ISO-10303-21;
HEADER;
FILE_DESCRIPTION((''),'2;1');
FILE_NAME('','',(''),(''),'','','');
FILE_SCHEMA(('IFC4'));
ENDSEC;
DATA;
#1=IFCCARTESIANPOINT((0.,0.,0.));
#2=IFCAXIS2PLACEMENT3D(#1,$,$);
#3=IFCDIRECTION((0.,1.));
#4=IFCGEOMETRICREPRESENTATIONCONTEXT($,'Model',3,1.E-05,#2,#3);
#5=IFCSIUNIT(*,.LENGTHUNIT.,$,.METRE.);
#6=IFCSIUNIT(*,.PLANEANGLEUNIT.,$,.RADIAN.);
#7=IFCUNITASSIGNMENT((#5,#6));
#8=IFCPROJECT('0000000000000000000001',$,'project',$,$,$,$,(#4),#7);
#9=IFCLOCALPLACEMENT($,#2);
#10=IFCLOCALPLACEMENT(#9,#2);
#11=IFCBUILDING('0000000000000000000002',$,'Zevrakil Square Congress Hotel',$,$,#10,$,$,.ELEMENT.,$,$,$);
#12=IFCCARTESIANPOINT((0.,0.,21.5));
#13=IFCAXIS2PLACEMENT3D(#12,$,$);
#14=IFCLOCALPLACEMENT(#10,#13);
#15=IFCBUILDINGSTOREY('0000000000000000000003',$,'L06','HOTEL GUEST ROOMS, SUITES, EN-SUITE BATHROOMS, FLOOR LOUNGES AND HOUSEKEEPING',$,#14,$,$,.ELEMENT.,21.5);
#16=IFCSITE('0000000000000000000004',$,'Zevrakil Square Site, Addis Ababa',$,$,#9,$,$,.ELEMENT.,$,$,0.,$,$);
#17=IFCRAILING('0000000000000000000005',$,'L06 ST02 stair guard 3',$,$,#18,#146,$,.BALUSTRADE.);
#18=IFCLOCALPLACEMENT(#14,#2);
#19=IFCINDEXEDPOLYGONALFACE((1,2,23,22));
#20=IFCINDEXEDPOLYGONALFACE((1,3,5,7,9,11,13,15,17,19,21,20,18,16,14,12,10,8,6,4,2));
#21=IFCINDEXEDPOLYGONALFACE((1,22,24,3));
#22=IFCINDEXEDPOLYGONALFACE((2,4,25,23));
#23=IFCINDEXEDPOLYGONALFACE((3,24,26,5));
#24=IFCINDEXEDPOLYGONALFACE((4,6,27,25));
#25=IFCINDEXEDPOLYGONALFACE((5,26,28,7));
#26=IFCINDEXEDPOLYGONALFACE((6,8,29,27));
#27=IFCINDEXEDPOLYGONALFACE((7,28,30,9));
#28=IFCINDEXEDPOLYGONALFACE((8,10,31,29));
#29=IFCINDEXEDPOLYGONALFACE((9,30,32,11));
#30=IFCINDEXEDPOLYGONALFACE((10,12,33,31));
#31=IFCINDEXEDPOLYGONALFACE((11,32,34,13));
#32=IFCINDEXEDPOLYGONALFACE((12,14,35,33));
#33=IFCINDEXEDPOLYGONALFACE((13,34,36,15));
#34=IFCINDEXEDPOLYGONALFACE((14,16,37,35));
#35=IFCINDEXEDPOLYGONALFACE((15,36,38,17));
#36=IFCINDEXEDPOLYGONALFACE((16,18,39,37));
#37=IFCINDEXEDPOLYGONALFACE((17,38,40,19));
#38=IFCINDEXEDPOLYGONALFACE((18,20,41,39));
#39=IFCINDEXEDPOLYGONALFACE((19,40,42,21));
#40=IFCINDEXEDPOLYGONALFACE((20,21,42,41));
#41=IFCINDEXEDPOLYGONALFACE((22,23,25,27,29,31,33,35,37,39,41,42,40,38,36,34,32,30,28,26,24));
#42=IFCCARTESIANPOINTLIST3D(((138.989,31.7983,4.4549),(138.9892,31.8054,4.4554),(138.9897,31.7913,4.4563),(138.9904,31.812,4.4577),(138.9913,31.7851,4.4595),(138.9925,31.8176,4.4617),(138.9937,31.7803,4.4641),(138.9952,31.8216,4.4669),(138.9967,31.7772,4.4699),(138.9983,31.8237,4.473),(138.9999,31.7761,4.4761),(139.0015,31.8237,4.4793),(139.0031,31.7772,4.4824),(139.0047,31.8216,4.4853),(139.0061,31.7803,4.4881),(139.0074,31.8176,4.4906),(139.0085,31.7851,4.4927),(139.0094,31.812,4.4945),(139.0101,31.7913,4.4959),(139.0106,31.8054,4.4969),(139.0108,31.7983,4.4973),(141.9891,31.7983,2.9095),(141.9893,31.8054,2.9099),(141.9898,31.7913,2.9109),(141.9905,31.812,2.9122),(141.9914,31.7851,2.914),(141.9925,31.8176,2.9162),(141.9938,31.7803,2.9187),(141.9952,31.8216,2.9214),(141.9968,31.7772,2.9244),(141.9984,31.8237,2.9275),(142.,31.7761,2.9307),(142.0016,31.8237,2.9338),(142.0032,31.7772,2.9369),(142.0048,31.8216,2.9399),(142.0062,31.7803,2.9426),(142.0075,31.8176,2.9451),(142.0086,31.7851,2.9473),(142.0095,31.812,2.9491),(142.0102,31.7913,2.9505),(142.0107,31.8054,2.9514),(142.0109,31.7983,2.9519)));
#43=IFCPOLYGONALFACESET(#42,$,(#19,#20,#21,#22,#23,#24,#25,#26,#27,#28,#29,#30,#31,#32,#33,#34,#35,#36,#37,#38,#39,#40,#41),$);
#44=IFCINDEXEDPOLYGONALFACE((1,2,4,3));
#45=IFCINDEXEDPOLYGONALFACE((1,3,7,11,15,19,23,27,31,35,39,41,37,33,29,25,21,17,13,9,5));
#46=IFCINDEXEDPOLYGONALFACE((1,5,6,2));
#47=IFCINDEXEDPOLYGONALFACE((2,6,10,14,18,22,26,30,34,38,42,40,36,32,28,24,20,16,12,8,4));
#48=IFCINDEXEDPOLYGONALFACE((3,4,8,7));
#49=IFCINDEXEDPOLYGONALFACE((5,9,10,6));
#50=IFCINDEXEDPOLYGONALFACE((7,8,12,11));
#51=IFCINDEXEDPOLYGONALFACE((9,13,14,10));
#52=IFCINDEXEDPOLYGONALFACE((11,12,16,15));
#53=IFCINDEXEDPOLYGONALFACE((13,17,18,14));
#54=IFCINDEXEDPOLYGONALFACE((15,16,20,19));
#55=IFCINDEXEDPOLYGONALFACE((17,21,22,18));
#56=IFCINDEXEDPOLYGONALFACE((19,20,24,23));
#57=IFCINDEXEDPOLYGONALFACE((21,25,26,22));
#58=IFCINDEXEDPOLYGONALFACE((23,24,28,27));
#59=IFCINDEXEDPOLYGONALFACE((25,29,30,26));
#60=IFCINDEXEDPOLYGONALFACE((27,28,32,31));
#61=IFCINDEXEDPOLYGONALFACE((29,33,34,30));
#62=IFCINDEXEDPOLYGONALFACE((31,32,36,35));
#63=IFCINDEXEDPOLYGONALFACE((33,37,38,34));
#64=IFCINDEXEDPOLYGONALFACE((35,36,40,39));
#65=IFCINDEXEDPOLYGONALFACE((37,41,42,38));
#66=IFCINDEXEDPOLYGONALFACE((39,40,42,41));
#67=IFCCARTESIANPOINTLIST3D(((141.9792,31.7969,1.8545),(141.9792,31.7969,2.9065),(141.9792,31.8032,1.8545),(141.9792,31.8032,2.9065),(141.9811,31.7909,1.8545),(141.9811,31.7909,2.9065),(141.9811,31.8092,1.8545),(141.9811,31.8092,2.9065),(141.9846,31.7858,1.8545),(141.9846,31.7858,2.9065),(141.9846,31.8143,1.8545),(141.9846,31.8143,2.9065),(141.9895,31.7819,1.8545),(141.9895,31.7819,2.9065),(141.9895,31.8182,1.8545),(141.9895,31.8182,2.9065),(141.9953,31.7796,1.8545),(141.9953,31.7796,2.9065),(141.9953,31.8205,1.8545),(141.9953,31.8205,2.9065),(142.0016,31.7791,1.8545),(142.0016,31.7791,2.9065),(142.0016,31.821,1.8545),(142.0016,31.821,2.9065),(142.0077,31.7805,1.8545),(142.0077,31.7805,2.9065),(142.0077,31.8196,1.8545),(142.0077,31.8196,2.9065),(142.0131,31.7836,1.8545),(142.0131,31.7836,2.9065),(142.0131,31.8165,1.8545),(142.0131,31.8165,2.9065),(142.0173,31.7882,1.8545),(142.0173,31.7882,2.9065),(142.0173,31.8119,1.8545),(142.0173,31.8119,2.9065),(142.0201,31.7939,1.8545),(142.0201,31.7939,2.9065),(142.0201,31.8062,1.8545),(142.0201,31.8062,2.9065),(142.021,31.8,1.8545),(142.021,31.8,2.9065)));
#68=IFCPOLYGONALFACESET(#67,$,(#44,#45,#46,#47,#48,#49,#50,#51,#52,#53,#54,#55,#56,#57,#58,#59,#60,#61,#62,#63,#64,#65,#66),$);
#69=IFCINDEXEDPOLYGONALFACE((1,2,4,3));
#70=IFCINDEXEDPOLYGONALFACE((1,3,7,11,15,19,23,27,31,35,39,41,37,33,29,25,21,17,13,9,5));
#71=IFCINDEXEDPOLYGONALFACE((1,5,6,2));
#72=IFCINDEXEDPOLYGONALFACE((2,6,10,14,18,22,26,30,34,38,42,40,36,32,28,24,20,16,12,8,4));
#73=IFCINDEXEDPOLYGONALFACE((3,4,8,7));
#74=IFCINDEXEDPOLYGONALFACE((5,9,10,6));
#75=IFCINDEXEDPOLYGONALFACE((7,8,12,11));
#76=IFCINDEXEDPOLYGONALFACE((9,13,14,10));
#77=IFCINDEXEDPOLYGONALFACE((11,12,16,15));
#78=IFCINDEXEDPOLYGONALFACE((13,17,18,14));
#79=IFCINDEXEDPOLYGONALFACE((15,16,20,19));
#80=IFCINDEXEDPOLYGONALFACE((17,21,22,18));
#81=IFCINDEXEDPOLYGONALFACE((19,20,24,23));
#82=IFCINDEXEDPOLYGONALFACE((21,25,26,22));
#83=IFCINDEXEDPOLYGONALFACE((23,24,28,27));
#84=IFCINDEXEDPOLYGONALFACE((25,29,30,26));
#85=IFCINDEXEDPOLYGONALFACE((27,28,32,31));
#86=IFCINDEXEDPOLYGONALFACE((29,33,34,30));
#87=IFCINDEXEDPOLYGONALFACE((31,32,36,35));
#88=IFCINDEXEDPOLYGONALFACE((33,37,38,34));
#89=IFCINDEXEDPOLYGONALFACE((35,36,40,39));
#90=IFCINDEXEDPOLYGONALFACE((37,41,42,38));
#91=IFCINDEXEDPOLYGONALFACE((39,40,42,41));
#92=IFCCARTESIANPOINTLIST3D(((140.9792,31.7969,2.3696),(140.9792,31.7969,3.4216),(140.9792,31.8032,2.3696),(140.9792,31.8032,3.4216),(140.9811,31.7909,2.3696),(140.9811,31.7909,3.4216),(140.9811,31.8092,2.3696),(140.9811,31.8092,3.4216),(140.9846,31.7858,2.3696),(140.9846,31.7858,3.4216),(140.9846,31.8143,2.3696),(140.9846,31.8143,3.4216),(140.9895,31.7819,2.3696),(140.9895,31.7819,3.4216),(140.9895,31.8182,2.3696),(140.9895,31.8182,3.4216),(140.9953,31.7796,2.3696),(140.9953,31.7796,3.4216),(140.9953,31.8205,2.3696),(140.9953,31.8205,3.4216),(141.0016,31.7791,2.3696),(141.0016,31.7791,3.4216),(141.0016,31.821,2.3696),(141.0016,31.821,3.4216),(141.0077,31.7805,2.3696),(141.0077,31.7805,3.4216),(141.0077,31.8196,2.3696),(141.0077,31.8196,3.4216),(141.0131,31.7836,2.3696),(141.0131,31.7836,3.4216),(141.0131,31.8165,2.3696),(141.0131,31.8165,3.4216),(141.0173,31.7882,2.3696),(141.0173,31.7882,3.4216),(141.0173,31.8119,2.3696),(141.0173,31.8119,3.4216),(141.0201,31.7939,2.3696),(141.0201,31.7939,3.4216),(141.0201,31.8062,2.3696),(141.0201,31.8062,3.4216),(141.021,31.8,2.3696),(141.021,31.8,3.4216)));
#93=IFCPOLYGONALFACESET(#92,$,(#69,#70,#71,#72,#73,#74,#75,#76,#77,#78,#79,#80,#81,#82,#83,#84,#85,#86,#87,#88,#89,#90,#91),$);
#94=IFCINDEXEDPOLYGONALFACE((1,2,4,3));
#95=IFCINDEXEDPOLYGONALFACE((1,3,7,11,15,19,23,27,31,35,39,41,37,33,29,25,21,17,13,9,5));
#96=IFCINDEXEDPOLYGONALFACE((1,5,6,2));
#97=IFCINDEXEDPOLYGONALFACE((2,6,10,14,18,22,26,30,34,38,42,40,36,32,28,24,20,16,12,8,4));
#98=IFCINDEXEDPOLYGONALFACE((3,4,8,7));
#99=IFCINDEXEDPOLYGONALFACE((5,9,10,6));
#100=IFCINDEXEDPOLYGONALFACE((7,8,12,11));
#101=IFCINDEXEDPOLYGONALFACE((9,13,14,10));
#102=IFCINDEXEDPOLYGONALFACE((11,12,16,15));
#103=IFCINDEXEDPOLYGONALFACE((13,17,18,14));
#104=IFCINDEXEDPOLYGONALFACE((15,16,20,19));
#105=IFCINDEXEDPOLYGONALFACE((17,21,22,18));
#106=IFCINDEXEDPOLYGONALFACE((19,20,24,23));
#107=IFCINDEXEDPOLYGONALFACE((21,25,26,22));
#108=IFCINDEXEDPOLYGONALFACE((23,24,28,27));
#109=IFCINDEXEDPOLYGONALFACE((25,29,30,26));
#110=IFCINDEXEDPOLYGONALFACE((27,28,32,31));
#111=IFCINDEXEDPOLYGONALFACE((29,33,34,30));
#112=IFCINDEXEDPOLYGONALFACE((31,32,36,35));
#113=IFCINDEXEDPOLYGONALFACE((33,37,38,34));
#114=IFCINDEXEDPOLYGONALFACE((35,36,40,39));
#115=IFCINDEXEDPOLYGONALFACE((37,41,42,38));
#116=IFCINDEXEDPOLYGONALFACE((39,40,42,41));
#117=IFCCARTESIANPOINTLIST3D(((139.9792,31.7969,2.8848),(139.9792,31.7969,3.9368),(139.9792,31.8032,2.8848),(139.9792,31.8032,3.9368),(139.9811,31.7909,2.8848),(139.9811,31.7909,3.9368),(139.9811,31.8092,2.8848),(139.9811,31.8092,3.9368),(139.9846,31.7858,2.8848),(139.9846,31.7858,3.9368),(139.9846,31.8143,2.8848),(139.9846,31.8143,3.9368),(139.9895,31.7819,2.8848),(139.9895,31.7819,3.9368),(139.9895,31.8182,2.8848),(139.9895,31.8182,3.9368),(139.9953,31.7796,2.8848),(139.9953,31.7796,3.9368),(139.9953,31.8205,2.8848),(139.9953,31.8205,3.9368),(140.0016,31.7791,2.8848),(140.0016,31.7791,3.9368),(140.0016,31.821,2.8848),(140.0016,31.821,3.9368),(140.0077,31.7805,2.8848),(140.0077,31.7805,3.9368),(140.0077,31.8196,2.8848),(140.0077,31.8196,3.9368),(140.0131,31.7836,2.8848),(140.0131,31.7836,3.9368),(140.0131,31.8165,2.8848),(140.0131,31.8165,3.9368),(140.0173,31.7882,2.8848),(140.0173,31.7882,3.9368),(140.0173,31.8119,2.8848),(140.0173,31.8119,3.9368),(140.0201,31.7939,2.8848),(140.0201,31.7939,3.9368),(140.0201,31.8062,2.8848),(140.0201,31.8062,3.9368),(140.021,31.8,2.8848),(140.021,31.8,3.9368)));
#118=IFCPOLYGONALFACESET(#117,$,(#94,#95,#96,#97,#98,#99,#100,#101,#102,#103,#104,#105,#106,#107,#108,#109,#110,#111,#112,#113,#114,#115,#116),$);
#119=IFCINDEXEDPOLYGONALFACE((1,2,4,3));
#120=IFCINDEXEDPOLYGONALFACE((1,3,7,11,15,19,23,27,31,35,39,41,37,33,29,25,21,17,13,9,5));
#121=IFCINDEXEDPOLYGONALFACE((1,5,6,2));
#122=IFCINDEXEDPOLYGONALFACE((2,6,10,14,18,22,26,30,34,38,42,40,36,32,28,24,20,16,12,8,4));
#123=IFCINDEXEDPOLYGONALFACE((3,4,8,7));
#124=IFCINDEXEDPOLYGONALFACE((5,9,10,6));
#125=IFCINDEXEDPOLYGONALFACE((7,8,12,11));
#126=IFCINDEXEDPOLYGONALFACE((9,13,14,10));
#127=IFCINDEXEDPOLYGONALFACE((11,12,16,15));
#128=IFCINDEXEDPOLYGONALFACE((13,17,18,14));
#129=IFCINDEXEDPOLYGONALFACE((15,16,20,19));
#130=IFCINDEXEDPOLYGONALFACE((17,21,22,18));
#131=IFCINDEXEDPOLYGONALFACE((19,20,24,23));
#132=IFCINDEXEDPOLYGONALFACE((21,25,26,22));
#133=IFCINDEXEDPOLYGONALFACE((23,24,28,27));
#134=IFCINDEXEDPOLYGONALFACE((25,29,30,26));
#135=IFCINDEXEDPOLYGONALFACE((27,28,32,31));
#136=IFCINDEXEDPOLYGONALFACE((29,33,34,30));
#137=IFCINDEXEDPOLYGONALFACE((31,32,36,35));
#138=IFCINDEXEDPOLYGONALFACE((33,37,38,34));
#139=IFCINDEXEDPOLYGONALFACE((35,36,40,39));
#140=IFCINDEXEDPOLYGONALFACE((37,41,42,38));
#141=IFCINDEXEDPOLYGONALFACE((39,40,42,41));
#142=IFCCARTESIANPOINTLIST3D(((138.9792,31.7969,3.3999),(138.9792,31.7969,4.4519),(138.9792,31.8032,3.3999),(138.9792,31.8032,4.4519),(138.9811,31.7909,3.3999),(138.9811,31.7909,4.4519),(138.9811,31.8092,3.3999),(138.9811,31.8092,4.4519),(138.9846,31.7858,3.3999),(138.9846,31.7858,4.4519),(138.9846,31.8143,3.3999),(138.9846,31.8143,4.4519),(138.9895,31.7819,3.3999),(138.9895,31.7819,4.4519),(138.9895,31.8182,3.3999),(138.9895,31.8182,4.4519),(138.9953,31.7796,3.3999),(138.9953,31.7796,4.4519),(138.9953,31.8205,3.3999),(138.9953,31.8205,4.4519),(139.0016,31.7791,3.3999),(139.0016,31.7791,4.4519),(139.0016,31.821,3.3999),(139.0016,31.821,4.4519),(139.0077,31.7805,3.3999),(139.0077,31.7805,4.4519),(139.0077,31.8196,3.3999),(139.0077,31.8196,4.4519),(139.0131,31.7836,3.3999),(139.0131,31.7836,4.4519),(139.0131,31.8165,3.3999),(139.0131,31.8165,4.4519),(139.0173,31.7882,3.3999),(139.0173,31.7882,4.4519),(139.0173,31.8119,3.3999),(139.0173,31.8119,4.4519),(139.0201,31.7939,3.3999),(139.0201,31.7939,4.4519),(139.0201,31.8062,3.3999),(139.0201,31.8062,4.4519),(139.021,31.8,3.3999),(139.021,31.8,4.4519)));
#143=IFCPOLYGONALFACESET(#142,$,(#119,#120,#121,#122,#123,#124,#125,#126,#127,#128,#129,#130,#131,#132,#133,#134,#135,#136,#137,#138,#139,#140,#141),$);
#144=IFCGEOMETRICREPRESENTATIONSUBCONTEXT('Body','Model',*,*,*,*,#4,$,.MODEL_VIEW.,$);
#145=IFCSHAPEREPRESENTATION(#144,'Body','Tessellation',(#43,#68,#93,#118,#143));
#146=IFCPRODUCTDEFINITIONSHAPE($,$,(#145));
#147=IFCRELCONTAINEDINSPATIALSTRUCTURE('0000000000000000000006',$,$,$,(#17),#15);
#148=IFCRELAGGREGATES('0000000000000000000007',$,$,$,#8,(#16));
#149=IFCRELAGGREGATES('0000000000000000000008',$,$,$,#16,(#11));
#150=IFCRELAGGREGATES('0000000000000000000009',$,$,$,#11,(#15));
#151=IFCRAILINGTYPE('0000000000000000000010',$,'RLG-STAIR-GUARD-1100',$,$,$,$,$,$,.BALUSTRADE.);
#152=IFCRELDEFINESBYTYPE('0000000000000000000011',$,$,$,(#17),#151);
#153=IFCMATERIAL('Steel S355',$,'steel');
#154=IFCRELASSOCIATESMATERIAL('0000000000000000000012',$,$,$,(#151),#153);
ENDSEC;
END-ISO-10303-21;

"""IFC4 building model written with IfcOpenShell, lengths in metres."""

from ifc_helpers import new_model, si_unit, direction, frame, origin, origin_2d, place, context, subcontext, project, spatial, circle, extrude, material, type_object, element, save


model = new_model("IFC4")

# Units and contexts
model_context = context("Model", 3, precision=1e-05, world=origin(), true_north=direction((0.0, 1.0)))
body_context = subcontext(model_context, "Body", "Model", "MODEL_VIEW")
ifc_project = project(units=[si_unit("LENGTHUNIT", "METRE"), si_unit("PLANEANGLEUNIT", "RADIAN")], contexts=[model_context])

# Site, building, storey
site_placement = place(None, origin())
site = spatial("IfcSite", under=ifc_project, at=site_placement, Name="Zevrakil Square Site, Addis Ababa", CompositionType="ELEMENT", RefElevation=0.0)
building_placement = place(site_placement, origin())
building = spatial("IfcBuilding", under=site, at=building_placement, Name="Zevrakil Square Congress Hotel", CompositionType="ELEMENT")
storey_placement = place(building_placement, frame((0.0, 0.0, 21.5)))
storey = spatial("IfcBuildingStorey", under=building, at=storey_placement, Name="L06", Description="HOTEL GUEST ROOMS, SUITES, EN-SUITE BATHROOMS, FLOOR LOUNGES AND HOUSEKEEPING", CompositionType="ELEMENT", Elevation=21.5)

# Railing
ifc_material_1 = material(Name="Steel S355", Category="steel")
railing_type_1 = type_object("IfcRailingType", Name="RLG-STAIR-GUARD-1100", PredefinedType="BALUSTRADE", material=ifc_material_1)
railing_1_placement = place(storey_placement, frame((142.0, 31.8, 1.8545)))
element("IfcRailing", 1, at=railing_1_placement, inside=storey, type_object=railing_type_1, Name="L06 ST02 stair guard 3", PredefinedType="BALUSTRADE", context=body_context, shape_type="SweptSolid", body=[
    extrude(circle(Radius=0.0239, at=origin_2d()), frame((0.0, 0.0, 1.0762), z_axis=(-0.88898, 0.0, 0.457946), x_axis=(0.0, -1.0, 0.0)), (0.0, 0.0, 1.0), 3.3748),
    extrude(circle(Radius=0.021, at=origin_2d()), origin(), (0.0, 0.0, 1.0), 1.052),
    extrude(circle(Radius=0.021, at=origin_2d()), frame((-1.0, 0.0, 0.5151)), (0.0, 0.0, 1.0), 1.052),
    extrude(circle(Radius=0.021, at=origin_2d()), frame((-2.0, 0.0, 1.0303)), (0.0, 0.0, 1.0), 1.052),
    extrude(circle(Radius=0.021, at=origin_2d()), frame((-3.0, 0.0, 1.5454)), (0.0, 0.0, 1.0), 1.052),
])

save(model, "model.ifc")
